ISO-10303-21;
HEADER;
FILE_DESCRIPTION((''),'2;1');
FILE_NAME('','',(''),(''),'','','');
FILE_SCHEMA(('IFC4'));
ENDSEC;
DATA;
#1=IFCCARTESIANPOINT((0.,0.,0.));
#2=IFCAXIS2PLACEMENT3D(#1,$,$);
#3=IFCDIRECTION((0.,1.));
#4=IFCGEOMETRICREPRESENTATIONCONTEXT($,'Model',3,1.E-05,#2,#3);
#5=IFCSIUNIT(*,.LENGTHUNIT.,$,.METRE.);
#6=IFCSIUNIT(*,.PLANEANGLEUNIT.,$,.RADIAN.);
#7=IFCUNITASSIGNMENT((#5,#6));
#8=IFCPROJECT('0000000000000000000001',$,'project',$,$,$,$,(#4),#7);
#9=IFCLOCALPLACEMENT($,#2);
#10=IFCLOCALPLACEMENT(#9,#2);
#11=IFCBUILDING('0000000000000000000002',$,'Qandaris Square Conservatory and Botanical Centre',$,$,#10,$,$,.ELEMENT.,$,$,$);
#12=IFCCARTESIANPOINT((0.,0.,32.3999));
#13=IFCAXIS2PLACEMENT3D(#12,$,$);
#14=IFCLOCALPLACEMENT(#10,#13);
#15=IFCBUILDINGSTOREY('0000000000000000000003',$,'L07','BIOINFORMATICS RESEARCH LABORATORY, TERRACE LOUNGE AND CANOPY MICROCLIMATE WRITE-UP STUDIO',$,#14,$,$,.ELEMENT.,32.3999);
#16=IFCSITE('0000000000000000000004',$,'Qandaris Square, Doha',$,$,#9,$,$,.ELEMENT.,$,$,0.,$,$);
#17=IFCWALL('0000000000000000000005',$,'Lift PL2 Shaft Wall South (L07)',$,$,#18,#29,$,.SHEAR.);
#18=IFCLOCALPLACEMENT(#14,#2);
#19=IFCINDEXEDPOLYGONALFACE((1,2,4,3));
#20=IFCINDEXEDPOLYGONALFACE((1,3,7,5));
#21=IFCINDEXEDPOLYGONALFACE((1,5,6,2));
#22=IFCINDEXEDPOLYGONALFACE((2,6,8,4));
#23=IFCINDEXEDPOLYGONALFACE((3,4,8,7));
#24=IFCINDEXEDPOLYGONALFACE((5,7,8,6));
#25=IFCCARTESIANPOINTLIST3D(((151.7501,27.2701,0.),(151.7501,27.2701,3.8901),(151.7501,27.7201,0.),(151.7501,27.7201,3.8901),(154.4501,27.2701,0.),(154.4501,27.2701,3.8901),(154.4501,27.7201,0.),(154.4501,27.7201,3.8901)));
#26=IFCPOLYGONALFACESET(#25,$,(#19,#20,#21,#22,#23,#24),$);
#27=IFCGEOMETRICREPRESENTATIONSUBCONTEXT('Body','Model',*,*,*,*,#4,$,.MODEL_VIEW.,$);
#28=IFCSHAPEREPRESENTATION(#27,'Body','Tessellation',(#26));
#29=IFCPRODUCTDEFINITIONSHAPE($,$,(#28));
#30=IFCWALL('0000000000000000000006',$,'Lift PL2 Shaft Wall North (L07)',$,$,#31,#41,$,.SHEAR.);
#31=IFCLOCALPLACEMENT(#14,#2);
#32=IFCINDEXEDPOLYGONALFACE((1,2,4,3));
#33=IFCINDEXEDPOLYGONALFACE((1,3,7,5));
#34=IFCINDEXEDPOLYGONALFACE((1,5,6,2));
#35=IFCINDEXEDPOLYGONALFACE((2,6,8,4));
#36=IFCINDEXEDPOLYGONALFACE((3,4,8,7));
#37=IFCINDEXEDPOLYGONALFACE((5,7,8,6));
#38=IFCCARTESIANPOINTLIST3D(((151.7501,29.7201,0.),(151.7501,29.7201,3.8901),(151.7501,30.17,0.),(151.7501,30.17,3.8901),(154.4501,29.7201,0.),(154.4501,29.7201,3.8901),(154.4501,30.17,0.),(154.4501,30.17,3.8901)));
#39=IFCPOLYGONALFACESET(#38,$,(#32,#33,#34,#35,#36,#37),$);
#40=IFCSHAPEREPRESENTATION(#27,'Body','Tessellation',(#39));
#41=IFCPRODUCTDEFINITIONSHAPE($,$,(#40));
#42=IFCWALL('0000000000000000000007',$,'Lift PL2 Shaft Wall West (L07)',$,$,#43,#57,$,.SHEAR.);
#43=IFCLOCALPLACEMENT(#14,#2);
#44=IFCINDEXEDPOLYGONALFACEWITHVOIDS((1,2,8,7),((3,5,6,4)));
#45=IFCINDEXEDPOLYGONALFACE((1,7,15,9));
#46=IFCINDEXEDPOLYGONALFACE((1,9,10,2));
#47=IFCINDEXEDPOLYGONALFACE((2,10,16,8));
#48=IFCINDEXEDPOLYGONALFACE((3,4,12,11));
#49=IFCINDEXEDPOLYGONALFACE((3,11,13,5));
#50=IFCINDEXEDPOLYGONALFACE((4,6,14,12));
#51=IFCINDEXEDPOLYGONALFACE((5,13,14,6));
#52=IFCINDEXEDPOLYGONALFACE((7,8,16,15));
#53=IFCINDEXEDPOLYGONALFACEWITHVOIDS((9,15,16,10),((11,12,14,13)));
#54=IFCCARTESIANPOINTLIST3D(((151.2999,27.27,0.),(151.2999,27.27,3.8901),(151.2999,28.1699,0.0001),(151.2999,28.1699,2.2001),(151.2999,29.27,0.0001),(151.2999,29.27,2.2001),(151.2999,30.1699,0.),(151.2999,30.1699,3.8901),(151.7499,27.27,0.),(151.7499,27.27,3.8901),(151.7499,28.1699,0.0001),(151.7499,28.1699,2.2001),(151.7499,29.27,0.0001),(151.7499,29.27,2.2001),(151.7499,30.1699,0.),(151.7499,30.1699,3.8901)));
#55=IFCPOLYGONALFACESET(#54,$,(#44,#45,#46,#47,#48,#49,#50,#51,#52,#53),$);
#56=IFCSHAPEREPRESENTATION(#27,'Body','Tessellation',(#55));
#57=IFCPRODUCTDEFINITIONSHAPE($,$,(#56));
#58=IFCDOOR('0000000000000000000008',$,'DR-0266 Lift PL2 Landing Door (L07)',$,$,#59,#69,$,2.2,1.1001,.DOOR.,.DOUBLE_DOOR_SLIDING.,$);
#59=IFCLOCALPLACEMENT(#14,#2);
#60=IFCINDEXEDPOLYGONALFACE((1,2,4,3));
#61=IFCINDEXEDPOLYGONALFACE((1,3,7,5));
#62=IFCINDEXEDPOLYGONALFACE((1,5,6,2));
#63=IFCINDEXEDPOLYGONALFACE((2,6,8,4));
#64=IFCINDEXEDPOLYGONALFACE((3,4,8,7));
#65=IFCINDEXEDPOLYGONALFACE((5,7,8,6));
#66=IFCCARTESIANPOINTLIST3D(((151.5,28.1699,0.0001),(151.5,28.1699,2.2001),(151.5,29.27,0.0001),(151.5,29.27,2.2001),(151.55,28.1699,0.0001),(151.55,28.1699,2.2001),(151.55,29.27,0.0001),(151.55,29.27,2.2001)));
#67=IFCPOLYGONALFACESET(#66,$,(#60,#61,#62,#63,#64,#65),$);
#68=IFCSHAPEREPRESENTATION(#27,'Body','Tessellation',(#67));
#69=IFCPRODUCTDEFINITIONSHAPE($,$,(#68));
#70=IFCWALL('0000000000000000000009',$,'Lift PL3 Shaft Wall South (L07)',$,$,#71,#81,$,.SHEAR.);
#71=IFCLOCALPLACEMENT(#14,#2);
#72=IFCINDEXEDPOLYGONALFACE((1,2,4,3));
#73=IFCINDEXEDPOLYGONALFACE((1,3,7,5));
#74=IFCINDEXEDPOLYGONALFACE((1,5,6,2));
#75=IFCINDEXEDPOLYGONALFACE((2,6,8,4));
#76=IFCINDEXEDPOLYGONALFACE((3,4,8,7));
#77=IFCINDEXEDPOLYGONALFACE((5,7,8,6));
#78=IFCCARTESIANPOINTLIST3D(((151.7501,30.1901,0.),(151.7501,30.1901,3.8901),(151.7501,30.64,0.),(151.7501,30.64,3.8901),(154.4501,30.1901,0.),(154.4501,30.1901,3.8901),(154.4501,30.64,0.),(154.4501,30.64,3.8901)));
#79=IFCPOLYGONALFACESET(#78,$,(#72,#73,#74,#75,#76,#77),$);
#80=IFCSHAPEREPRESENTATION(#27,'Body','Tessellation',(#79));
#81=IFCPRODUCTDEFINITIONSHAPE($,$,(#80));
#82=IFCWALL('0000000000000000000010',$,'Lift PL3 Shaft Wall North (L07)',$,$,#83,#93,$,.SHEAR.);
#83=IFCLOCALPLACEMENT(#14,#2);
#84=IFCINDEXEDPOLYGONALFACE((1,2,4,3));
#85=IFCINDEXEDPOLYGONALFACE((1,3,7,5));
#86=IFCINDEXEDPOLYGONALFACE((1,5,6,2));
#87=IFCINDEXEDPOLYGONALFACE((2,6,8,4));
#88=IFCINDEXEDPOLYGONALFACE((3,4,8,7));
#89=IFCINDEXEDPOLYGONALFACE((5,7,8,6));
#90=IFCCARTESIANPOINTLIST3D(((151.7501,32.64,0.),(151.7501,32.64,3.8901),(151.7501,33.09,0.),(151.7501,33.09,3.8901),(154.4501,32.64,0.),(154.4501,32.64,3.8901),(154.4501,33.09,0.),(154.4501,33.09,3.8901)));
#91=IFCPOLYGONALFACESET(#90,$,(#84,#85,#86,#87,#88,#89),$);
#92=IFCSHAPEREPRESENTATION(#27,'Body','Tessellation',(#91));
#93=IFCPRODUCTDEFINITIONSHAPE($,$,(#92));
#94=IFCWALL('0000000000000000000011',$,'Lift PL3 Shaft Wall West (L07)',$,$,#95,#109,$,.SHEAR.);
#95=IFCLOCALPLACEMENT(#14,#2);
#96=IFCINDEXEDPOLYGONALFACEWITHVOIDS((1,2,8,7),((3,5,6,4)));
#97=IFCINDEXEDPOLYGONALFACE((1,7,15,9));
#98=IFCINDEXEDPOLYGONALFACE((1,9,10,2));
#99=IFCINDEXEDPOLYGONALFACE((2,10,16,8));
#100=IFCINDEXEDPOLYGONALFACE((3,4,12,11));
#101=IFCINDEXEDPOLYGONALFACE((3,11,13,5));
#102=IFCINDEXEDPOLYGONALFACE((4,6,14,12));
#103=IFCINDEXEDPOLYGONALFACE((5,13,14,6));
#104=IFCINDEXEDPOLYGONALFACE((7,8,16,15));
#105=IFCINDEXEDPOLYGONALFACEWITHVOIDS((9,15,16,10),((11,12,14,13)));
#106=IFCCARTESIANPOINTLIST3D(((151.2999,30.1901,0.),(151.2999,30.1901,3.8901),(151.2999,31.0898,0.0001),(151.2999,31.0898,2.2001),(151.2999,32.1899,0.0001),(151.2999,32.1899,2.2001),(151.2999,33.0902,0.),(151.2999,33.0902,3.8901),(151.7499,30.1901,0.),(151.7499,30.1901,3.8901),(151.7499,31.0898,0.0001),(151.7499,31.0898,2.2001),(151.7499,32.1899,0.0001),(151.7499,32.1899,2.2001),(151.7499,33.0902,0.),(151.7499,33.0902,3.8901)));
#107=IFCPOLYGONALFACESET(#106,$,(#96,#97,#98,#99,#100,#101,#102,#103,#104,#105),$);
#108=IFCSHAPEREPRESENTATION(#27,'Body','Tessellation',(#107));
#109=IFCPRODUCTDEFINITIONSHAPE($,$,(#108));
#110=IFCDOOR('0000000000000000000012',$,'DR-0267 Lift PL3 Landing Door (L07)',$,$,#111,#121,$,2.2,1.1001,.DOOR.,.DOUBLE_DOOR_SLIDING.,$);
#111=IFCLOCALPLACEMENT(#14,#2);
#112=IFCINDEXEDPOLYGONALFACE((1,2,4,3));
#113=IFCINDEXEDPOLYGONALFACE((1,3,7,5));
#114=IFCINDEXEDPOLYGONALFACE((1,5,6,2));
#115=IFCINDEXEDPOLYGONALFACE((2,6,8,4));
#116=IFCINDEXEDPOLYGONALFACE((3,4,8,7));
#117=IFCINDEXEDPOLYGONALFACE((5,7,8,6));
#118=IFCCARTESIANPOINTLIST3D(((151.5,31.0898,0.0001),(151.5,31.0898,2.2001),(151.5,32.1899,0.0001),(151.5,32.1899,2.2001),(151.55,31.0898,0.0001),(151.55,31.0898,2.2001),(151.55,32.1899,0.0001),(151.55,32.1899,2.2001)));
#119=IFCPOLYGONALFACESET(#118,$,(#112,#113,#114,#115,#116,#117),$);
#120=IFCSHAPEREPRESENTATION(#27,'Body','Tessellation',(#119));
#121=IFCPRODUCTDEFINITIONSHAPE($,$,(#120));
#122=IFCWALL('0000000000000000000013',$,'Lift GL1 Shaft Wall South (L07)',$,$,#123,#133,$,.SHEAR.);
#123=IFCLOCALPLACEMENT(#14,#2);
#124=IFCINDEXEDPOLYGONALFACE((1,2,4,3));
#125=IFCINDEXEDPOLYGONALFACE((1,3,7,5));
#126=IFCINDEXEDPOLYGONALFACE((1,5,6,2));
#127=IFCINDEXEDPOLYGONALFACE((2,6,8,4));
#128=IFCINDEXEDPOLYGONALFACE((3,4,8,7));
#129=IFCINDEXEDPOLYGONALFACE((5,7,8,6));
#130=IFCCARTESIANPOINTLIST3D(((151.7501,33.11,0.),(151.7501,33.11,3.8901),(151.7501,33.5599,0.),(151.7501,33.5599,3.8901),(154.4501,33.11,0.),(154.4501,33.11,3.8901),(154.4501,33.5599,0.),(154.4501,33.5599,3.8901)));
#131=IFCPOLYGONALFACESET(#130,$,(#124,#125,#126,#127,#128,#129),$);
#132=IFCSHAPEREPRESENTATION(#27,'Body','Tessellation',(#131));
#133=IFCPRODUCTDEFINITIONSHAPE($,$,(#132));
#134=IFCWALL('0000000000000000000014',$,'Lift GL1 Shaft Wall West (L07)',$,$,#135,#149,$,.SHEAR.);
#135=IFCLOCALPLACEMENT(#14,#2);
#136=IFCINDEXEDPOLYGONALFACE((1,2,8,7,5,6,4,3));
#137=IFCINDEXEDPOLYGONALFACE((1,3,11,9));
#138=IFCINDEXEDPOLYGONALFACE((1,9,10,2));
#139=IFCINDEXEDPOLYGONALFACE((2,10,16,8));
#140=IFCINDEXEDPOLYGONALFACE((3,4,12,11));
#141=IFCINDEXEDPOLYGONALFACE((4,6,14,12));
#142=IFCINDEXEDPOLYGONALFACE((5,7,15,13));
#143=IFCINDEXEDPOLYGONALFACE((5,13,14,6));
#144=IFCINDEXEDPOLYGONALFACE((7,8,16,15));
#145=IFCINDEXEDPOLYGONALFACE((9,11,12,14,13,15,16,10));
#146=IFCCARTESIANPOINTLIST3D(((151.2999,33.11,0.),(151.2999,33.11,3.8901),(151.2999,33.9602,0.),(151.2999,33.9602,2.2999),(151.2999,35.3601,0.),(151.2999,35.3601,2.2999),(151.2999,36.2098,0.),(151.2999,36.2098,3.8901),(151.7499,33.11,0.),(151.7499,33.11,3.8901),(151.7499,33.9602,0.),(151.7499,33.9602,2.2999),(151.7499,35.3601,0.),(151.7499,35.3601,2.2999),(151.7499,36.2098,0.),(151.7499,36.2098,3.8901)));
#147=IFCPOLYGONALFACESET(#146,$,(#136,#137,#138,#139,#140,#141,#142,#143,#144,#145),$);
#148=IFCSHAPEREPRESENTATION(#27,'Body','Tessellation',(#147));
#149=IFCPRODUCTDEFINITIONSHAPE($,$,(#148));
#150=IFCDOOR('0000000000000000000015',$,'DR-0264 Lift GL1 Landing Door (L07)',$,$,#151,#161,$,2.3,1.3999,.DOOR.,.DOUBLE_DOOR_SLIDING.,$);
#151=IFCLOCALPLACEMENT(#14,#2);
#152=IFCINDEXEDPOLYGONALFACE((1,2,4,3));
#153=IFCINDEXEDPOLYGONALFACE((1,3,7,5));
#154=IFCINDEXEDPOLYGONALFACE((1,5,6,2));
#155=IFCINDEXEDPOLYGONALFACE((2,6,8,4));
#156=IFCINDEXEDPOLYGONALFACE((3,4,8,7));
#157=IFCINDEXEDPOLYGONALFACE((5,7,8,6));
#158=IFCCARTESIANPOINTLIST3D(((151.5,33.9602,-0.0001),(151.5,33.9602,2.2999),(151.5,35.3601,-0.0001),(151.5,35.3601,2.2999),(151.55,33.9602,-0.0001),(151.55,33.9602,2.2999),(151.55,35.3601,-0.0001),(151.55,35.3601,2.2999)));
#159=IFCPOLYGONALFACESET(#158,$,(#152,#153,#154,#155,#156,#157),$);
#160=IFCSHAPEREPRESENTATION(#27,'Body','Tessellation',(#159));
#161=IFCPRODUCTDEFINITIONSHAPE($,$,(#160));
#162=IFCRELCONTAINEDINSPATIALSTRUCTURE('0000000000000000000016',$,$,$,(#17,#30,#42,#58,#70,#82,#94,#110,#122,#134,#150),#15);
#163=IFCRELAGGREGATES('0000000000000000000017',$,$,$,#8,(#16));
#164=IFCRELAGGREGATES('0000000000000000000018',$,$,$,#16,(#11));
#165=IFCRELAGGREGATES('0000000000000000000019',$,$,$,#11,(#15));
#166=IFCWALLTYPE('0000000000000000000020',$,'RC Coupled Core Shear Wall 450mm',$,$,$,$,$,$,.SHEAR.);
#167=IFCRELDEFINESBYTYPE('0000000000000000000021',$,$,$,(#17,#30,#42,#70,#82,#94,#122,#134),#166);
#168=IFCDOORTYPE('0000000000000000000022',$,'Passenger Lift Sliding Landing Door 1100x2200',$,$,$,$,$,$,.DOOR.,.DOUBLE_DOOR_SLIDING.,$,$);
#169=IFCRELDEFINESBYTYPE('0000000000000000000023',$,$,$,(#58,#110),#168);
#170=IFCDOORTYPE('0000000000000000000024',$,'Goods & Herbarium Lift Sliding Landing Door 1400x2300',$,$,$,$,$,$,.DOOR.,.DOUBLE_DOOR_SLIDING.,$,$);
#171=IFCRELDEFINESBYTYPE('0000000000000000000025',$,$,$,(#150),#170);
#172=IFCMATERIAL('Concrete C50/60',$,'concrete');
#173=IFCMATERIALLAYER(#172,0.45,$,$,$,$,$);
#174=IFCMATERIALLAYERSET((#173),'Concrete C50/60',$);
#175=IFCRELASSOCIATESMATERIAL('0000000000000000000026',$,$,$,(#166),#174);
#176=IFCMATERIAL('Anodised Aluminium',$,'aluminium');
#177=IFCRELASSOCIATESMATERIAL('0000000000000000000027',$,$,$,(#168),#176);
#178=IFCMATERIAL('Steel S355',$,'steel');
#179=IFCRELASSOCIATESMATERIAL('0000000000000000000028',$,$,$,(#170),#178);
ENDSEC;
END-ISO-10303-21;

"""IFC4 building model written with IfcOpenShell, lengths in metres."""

from ifc_helpers import new_model, si_unit, direction, frame, frame_2d, origin, place, context, subcontext, project, spatial, rectangle, extrude, material, layer, layer_set, type_object, element, fill, save


model = new_model("IFC4")

# Units and contexts
model_context = context("Model", 3, precision=1e-05, world=origin(), true_north=direction((0.0, 1.0)))
body_context = subcontext(model_context, "Body", "Model", "MODEL_VIEW")
ifc_project = project(units=[si_unit("LENGTHUNIT", "METRE"), si_unit("PLANEANGLEUNIT", "RADIAN")], contexts=[model_context])

# Site, building, storey
site_placement = place(None, origin())
site = spatial("IfcSite", under=ifc_project, at=site_placement, Name="Qandaris Square, Doha", CompositionType="ELEMENT", RefElevation=0.0)
building_placement = place(site_placement, origin())
building = spatial("IfcBuilding", under=site, at=building_placement, Name="Qandaris Square Conservatory and Botanical Centre", CompositionType="ELEMENT")
storey_placement = place(building_placement, frame((0.0, 0.0, 32.3999)))
storey = spatial("IfcBuildingStorey", under=building, at=storey_placement, Name="L07", Description="BIOINFORMATICS RESEARCH LABORATORY, TERRACE LOUNGE AND CANOPY MICROCLIMATE WRITE-UP STUDIO", CompositionType="ELEMENT", Elevation=32.3999)

# Shared definitions
ifc_material_1 = material(Name="Concrete C50/60", Category="concrete")

# Shared definitions
ifc_material_2 = material(Name="Anodised Aluminium", Category="aluminium")
ifc_material_3 = material(Name="Steel S355", Category="steel")
ifc_layer_1 = layer(ifc_material_1, 0.45)
ifc_layer_set_1 = layer_set([ifc_layer_1], Name="Concrete C50/60")
wall_type_1 = type_object("IfcWallType", Name="RC Coupled Core Shear Wall 450mm", PredefinedType="SHEAR", material=ifc_layer_set_1)

# Walls
for number, where, z_axis, x_axis, name in (
    (1, (151.75, 27.4951, 0.0), (0.0, 0.0, 1.0), (1.0, 0.0, 0.0), "Lift PL2 Shaft Wall South (L07)"),
    (2, (151.75, 29.9451, 0.0), (0.0, 0.0, 1.0), (1.0, 0.0, 0.0), "Lift PL2 Shaft Wall North (L07)"),
):
    element("IfcWall", number, at=place(storey_placement, frame(where, z_axis=z_axis, x_axis=x_axis)), inside=storey, type_object=wall_type_1, Name=name, PredefinedType="SHEAR", context=body_context, shape_type="SweptSolid", body=[
        extrude(rectangle(XDim=2.7, YDim=0.45, at=frame_2d((1.3501, 0.0))), origin(), (0.0, 0.0, 1.0), 3.8901),
    ])

# Wall, opening, door
wall_1_placement = place(storey_placement, frame((151.5249, 27.27, 0.0), z_axis=(0.0, 0.0, 1.0), x_axis=(0.0, 1.0, 0.0)))
wall_1 = element("IfcWall", 3, at=wall_1_placement, inside=storey, type_object=wall_type_1, Name="Lift PL2 Shaft Wall West (L07)", PredefinedType="SHEAR", context=body_context, shape_type="SweptSolid", body=[
    extrude(rectangle(XDim=2.8999, YDim=0.45, at=frame_2d((1.45, 0.0))), origin(), (0.0, 0.0, 1.0), 3.8901),
])
opening_1_placement = place(wall_1_placement, frame((0.8999, 0.0, 0.0)))
opening_1 = element("IfcOpeningElement", 4, at=opening_1_placement, cuts=wall_1, PredefinedType="OPENING", context=body_context, shape_type="SweptSolid", body=[
    extrude(rectangle(XDim=1.1001, YDim=2.2, at=frame_2d((0.55, 1.1001))), frame((0.0, 0.2368, 0.0), z_axis=(0.0, -1.0, 0.0), x_axis=(1.0, 0.0, 0.0)), (0.0, 0.0, 1.0), 0.4739),
])
door_type_1 = type_object("IfcDoorType", Name="Passenger Lift Sliding Landing Door 1100x2200", OperationType="DOUBLE_DOOR_SLIDING", PredefinedType="DOOR", material=ifc_material_2)
door_1_placement = place(opening_1_placement, origin())
door_1 = element("IfcDoor", 5, at=door_1_placement, inside=storey, type_object=door_type_1, Name="DR-0266 Lift PL2 Landing Door (L07)", OperationType="DOUBLE_DOOR_SLIDING", OverallHeight=2.2, OverallWidth=1.1001, PredefinedType="DOOR", context=body_context, shape_type="SweptSolid", body=[
    extrude(rectangle(XDim=1.1001, YDim=2.2, at=frame_2d((0.55, 1.1001))), frame((0.0, 0.0249, 0.0), z_axis=(0.0, -1.0, 0.0), x_axis=(1.0, 0.0, 0.0)), (0.0, 0.0, 1.0), 0.05),
])
fill(opening_1, door_1)

# Walls
for number, where, z_axis, x_axis, name in (
    (6, (151.75, 30.415, 0.0), (0.0, 0.0, 1.0), (1.0, 0.0, 0.0), "Lift PL3 Shaft Wall South (L07)"),
    (7, (151.75, 32.865, 0.0), (0.0, 0.0, 1.0), (1.0, 0.0, 0.0), "Lift PL3 Shaft Wall North (L07)"),
):
    element("IfcWall", number, at=place(storey_placement, frame(where, z_axis=z_axis, x_axis=x_axis)), inside=storey, type_object=wall_type_1, Name=name, PredefinedType="SHEAR", context=body_context, shape_type="SweptSolid", body=[
        extrude(rectangle(XDim=2.7, YDim=0.45, at=frame_2d((1.3501, 0.0))), origin(), (0.0, 0.0, 1.0), 3.8901),
    ])

# Wall, opening, door
wall_2_placement = place(storey_placement, frame((151.5249, 30.1899, 0.0), z_axis=(0.0, 0.0, 1.0), x_axis=(0.0, 1.0, 0.0)))
wall_2 = element("IfcWall", 8, at=wall_2_placement, inside=storey, type_object=wall_type_1, Name="Lift PL3 Shaft Wall West (L07)", PredefinedType="SHEAR", context=body_context, shape_type="SweptSolid", body=[
    extrude(rectangle(XDim=2.9001, YDim=0.45, at=frame_2d((1.4502, 0.0))), origin(), (0.0, 0.0, 1.0), 3.8901),
])
opening_2_placement = place(wall_2_placement, frame((0.8999, 0.0, 0.0)))
opening_2 = element("IfcOpeningElement", 9, at=opening_2_placement, cuts=wall_2, PredefinedType="OPENING", context=body_context, shape_type="SweptSolid", body=[
    extrude(rectangle(XDim=1.1001, YDim=2.2, at=frame_2d((0.55, 1.1001))), frame((0.0, 0.2368, 0.0), z_axis=(0.0, -1.0, 0.0), x_axis=(1.0, 0.0, 0.0)), (0.0, 0.0, 1.0), 0.4739),
])
door_2_placement = place(opening_2_placement, origin())
door_2 = element("IfcDoor", 10, at=door_2_placement, inside=storey, type_object=door_type_1, Name="DR-0267 Lift PL3 Landing Door (L07)", OperationType="DOUBLE_DOOR_SLIDING", OverallHeight=2.2, OverallWidth=1.1001, PredefinedType="DOOR", context=body_context, shape_type="SweptSolid", body=[
    extrude(rectangle(XDim=1.1001, YDim=2.2, at=frame_2d((0.55, 1.1001))), frame((0.0, 0.0249, 0.0), z_axis=(0.0, -1.0, 0.0), x_axis=(1.0, 0.0, 0.0)), (0.0, 0.0, 1.0), 0.05),
])
fill(opening_2, door_2)

# Wall
wall_3_placement = place(storey_placement, frame((151.75, 33.335, 0.0), z_axis=(0.0, 0.0, 1.0), x_axis=(1.0, 0.0, 0.0)))
element("IfcWall", 11, at=wall_3_placement, inside=storey, type_object=wall_type_1, Name="Lift GL1 Shaft Wall South (L07)", PredefinedType="SHEAR", context=body_context, shape_type="SweptSolid", body=[
    extrude(rectangle(XDim=2.7, YDim=0.45, at=frame_2d((1.3501, 0.0))), origin(), (0.0, 0.0, 1.0), 3.8901),
])

# Wall, opening, door
wall_4_placement = place(storey_placement, frame((151.5249, 33.1101, 0.0), z_axis=(0.0, 0.0, 1.0), x_axis=(0.0, 1.0, 0.0)))
wall_4 = element("IfcWall", 12, at=wall_4_placement, inside=storey, type_object=wall_type_1, Name="Lift GL1 Shaft Wall West (L07)", PredefinedType="SHEAR", context=body_context, shape_type="SweptSolid", body=[
    extrude(rectangle(XDim=3.0999, YDim=0.45, at=frame_2d((1.5498, 0.0))), origin(), (0.0, 0.0, 1.0), 3.8901),
])
opening_3_placement = place(wall_4_placement, frame((0.8501, 0.0, 0.0)))
opening_3 = element("IfcOpeningElement", 13, at=opening_3_placement, cuts=wall_4, PredefinedType="OPENING", context=body_context, shape_type="SweptSolid", body=[
    extrude(rectangle(XDim=1.3999, YDim=2.3, at=frame_2d((0.7, 1.1499))), frame((0.0, 0.2368, 0.0), z_axis=(0.0, -1.0, 0.0), x_axis=(1.0, 0.0, 0.0)), (0.0, 0.0, 1.0), 0.4739),
])
door_type_2 = type_object("IfcDoorType", Name="Goods & Herbarium Lift Sliding Landing Door 1400x2300", OperationType="DOUBLE_DOOR_SLIDING", PredefinedType="DOOR", material=ifc_material_3)
door_3_placement = place(opening_3_placement, origin())
door_3 = element("IfcDoor", 14, at=door_3_placement, inside=storey, type_object=door_type_2, Name="DR-0264 Lift GL1 Landing Door (L07)", OperationType="DOUBLE_DOOR_SLIDING", OverallHeight=2.3, OverallWidth=1.3999, PredefinedType="DOOR", context=body_context, shape_type="SweptSolid", body=[
    extrude(rectangle(XDim=1.3999, YDim=2.3, at=frame_2d((0.7, 1.1499))), frame((0.0, 0.0249, 0.0), z_axis=(0.0, -1.0, 0.0), x_axis=(1.0, 0.0, 0.0)), (0.0, 0.0, 1.0), 0.05),
])
fill(opening_3, door_3)

save(model, "model.ifc")
